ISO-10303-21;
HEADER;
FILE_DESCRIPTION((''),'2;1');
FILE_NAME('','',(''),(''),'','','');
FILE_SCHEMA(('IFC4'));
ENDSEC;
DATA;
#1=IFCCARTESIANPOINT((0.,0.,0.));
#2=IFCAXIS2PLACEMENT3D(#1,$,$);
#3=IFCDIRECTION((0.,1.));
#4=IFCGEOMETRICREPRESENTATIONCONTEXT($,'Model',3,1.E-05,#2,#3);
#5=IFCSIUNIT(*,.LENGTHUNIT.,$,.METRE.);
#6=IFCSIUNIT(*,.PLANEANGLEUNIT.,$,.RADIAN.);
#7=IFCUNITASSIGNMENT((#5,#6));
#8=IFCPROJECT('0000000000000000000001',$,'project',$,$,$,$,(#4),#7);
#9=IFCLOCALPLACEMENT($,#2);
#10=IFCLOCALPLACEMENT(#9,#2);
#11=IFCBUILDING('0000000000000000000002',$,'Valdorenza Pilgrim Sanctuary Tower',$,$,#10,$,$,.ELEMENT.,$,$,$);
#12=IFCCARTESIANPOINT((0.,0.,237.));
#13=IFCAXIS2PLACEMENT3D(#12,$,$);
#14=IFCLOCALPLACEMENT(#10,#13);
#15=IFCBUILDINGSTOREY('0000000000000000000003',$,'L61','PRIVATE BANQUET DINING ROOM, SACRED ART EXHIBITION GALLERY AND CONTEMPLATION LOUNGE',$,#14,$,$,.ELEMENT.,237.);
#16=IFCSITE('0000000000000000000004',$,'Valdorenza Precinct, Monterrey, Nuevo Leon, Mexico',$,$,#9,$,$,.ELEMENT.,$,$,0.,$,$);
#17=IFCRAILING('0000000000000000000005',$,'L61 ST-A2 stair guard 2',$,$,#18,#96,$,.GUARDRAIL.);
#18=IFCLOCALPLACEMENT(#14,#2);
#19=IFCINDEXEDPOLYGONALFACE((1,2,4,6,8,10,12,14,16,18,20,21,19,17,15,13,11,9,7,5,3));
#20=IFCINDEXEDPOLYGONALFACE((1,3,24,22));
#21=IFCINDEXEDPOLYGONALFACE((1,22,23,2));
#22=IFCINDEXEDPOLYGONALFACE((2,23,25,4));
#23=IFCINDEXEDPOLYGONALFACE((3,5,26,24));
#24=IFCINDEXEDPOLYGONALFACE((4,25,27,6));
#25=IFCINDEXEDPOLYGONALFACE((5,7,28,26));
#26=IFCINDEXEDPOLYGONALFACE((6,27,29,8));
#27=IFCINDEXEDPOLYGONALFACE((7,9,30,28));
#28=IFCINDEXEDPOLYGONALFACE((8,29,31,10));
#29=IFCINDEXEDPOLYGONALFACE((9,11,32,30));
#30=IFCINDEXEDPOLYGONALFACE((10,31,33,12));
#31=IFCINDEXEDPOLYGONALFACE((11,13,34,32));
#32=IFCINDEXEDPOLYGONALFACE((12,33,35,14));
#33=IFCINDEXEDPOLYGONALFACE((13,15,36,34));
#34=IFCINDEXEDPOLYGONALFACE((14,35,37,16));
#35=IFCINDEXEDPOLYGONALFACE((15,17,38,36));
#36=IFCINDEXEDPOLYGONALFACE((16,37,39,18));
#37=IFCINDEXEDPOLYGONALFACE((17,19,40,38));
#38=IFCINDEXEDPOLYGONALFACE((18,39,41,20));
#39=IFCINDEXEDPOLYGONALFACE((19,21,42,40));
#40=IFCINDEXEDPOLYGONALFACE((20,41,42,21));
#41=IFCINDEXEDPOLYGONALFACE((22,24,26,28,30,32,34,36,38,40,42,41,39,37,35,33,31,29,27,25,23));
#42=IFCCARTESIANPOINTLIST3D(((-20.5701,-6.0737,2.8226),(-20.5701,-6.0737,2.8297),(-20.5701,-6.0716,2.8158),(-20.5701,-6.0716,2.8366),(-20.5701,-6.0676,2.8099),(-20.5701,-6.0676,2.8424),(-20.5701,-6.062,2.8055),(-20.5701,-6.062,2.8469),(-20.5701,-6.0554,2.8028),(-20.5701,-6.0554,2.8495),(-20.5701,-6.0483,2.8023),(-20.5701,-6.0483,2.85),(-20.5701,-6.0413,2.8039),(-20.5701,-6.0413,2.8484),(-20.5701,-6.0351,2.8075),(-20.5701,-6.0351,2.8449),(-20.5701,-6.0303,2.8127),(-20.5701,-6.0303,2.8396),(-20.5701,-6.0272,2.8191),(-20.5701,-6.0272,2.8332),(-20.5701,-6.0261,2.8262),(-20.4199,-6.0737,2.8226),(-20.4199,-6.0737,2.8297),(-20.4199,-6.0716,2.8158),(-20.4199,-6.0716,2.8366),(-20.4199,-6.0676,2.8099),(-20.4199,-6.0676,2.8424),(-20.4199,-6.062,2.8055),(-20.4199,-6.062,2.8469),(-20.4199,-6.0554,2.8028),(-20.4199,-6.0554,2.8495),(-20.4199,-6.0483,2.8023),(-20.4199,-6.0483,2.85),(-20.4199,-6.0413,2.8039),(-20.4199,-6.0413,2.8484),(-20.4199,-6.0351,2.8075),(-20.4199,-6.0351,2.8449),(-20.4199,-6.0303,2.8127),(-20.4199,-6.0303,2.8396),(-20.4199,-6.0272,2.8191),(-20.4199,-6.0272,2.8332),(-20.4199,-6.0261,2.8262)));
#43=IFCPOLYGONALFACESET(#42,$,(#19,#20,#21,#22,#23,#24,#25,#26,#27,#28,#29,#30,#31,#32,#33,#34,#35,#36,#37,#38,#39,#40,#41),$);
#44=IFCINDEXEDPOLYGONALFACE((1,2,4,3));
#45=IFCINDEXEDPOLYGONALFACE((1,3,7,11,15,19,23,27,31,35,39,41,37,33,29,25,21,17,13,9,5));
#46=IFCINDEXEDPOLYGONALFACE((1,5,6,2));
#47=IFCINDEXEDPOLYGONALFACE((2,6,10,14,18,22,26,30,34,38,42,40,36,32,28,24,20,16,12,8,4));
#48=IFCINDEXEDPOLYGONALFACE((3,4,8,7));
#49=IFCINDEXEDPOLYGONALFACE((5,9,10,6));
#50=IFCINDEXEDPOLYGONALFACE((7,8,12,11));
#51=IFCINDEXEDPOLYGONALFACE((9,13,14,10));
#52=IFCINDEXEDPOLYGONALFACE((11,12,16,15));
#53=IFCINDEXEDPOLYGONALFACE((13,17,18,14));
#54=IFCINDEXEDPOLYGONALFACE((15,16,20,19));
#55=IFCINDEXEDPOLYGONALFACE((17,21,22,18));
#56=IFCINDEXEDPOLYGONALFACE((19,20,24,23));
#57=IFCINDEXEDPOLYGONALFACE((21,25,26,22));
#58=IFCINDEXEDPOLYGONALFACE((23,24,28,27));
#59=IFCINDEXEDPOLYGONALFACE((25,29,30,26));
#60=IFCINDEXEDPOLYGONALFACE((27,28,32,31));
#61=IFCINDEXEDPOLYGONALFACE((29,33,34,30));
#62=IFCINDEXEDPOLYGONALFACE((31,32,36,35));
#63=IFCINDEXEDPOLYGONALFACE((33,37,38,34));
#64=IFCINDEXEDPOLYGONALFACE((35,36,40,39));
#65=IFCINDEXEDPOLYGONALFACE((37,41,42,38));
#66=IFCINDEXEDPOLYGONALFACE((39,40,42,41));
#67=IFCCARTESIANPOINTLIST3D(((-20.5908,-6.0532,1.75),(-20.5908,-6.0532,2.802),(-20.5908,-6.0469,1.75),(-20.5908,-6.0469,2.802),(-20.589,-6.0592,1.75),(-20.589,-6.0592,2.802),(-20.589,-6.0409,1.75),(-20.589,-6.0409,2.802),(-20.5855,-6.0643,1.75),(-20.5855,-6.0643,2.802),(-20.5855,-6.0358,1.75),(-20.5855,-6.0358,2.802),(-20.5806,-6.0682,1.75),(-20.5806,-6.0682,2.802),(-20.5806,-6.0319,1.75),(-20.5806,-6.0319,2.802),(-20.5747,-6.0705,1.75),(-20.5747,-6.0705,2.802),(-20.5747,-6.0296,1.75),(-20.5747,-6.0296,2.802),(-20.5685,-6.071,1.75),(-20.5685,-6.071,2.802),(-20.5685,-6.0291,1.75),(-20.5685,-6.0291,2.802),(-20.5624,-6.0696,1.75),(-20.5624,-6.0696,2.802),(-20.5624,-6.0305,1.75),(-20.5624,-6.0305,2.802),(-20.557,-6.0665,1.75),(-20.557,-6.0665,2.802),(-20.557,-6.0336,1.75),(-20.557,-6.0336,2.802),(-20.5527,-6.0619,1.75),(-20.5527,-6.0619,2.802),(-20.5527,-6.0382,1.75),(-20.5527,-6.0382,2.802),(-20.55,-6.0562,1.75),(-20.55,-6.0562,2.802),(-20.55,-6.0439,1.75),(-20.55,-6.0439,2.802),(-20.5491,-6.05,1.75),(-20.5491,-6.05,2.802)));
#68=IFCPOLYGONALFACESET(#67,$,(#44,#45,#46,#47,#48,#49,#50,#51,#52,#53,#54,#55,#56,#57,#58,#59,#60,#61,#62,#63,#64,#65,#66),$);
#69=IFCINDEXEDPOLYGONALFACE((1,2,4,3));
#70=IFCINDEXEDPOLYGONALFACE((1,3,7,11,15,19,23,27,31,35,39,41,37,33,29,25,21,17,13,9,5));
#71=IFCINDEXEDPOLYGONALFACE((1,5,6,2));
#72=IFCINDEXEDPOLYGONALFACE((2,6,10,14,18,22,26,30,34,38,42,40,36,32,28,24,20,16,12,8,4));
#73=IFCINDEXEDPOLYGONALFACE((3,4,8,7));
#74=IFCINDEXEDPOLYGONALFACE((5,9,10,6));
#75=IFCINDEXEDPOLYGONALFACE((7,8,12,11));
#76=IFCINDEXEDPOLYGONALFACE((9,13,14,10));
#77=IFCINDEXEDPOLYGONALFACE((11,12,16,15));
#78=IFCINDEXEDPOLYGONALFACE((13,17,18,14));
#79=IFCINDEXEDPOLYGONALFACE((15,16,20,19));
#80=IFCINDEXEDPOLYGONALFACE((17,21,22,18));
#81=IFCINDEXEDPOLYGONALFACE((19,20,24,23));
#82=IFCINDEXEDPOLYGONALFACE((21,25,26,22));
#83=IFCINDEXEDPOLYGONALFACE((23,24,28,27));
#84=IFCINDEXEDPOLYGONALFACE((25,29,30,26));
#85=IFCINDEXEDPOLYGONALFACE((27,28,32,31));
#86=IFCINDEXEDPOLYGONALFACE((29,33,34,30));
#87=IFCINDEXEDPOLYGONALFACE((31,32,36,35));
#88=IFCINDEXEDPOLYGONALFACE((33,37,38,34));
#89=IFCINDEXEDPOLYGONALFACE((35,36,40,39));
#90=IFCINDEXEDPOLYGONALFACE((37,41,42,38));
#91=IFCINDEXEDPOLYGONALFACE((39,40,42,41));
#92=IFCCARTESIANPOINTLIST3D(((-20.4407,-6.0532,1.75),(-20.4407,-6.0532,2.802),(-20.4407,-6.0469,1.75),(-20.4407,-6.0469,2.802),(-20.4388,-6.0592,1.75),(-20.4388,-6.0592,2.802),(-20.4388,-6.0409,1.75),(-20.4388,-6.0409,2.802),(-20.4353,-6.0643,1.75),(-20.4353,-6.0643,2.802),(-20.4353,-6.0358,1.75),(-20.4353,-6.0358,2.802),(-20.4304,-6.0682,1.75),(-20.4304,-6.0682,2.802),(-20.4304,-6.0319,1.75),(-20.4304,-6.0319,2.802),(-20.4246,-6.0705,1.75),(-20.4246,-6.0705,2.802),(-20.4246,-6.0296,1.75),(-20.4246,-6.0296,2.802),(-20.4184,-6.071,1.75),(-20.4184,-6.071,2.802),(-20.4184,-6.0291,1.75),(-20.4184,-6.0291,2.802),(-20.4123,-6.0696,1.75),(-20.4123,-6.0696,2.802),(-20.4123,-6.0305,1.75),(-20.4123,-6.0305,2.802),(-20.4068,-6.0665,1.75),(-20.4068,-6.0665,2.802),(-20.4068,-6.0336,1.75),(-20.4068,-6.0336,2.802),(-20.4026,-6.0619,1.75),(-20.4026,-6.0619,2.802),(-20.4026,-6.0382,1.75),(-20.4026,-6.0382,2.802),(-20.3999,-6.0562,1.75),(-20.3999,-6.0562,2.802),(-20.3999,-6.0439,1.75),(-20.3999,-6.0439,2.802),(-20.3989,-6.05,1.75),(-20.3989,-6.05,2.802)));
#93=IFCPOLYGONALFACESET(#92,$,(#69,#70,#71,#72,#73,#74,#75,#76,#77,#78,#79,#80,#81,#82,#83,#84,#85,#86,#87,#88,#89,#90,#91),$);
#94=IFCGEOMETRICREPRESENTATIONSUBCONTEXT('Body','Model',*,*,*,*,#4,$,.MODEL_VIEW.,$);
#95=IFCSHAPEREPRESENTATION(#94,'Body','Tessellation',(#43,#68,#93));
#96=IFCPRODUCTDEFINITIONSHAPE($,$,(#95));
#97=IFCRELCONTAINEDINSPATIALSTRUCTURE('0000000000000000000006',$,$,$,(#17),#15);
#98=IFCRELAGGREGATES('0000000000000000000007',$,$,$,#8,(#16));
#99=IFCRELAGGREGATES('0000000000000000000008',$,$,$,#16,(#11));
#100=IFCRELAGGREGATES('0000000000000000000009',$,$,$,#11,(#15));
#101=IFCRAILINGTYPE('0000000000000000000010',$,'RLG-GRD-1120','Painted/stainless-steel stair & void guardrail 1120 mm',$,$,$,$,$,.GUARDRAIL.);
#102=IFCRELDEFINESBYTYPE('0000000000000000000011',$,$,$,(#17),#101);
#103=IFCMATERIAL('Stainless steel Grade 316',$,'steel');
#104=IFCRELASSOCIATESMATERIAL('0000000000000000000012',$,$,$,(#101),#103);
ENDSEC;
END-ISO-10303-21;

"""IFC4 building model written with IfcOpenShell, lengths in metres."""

from ifc_helpers import new_model, si_unit, direction, frame, origin, origin_2d, place, context, subcontext, project, spatial, circle, extrude, material, type_object, element, save


model = new_model("IFC4")

# Units and contexts
model_context = context("Model", 3, precision=1e-05, world=origin(), true_north=direction((0.0, 1.0)))
body_context = subcontext(model_context, "Body", "Model", "MODEL_VIEW")
ifc_project = project(units=[si_unit("LENGTHUNIT", "METRE"), si_unit("PLANEANGLEUNIT", "RADIAN")], contexts=[model_context])

# Site, building, storey
site_placement = place(None, origin())
site = spatial("IfcSite", under=ifc_project, at=site_placement, Name="Valdorenza Precinct, Monterrey, Nuevo Leon, Mexico", CompositionType="ELEMENT", RefElevation=0.0)
building_placement = place(site_placement, origin())
building = spatial("IfcBuilding", under=site, at=building_placement, Name="Valdorenza Pilgrim Sanctuary Tower", CompositionType="ELEMENT")
storey_placement = place(building_placement, frame((0.0, 0.0, 237.0)))
storey = spatial("IfcBuildingStorey", under=building, at=storey_placement, Name="L61", Description="PRIVATE BANQUET DINING ROOM, SACRED ART EXHIBITION GALLERY AND CONTEMPLATION LOUNGE", CompositionType="ELEMENT", Elevation=237.0)

# Railing
ifc_material_1 = material(Name="Stainless steel Grade 316", Category="steel")
railing_type = type_object("IfcRailingType", Name="RLG-GRD-1120", Description="Painted/stainless-steel stair & void guardrail 1120 mm", PredefinedType="GUARDRAIL", material=ifc_material_1)
railing_placement = place(storey_placement, frame((-20.5701, -6.05, 1.75)))
element("IfcRailing", 1, at=railing_placement, inside=storey, type_object=railing_type, Name="L61 ST-A2 stair guard 2", PredefinedType="GUARDRAIL", context=body_context, shape_type="SweptSolid", body=[
    extrude(circle(Radius=0.0239, at=origin_2d()), frame((0.0, 0.0, 1.0762), z_axis=(1.0, 0.0, 0.0), x_axis=(0.0, 1.0, 0.0)), (0.0, 0.0, 1.0), 0.1501),
    extrude(circle(Radius=0.021, at=origin_2d()), origin(), (0.0, 0.0, 1.0), 1.052),
    extrude(circle(Radius=0.021, at=origin_2d()), frame((0.1501, 0.0, 0.0)), (0.0, 0.0, 1.0), 1.052),
])

save(model, "model.ifc")
